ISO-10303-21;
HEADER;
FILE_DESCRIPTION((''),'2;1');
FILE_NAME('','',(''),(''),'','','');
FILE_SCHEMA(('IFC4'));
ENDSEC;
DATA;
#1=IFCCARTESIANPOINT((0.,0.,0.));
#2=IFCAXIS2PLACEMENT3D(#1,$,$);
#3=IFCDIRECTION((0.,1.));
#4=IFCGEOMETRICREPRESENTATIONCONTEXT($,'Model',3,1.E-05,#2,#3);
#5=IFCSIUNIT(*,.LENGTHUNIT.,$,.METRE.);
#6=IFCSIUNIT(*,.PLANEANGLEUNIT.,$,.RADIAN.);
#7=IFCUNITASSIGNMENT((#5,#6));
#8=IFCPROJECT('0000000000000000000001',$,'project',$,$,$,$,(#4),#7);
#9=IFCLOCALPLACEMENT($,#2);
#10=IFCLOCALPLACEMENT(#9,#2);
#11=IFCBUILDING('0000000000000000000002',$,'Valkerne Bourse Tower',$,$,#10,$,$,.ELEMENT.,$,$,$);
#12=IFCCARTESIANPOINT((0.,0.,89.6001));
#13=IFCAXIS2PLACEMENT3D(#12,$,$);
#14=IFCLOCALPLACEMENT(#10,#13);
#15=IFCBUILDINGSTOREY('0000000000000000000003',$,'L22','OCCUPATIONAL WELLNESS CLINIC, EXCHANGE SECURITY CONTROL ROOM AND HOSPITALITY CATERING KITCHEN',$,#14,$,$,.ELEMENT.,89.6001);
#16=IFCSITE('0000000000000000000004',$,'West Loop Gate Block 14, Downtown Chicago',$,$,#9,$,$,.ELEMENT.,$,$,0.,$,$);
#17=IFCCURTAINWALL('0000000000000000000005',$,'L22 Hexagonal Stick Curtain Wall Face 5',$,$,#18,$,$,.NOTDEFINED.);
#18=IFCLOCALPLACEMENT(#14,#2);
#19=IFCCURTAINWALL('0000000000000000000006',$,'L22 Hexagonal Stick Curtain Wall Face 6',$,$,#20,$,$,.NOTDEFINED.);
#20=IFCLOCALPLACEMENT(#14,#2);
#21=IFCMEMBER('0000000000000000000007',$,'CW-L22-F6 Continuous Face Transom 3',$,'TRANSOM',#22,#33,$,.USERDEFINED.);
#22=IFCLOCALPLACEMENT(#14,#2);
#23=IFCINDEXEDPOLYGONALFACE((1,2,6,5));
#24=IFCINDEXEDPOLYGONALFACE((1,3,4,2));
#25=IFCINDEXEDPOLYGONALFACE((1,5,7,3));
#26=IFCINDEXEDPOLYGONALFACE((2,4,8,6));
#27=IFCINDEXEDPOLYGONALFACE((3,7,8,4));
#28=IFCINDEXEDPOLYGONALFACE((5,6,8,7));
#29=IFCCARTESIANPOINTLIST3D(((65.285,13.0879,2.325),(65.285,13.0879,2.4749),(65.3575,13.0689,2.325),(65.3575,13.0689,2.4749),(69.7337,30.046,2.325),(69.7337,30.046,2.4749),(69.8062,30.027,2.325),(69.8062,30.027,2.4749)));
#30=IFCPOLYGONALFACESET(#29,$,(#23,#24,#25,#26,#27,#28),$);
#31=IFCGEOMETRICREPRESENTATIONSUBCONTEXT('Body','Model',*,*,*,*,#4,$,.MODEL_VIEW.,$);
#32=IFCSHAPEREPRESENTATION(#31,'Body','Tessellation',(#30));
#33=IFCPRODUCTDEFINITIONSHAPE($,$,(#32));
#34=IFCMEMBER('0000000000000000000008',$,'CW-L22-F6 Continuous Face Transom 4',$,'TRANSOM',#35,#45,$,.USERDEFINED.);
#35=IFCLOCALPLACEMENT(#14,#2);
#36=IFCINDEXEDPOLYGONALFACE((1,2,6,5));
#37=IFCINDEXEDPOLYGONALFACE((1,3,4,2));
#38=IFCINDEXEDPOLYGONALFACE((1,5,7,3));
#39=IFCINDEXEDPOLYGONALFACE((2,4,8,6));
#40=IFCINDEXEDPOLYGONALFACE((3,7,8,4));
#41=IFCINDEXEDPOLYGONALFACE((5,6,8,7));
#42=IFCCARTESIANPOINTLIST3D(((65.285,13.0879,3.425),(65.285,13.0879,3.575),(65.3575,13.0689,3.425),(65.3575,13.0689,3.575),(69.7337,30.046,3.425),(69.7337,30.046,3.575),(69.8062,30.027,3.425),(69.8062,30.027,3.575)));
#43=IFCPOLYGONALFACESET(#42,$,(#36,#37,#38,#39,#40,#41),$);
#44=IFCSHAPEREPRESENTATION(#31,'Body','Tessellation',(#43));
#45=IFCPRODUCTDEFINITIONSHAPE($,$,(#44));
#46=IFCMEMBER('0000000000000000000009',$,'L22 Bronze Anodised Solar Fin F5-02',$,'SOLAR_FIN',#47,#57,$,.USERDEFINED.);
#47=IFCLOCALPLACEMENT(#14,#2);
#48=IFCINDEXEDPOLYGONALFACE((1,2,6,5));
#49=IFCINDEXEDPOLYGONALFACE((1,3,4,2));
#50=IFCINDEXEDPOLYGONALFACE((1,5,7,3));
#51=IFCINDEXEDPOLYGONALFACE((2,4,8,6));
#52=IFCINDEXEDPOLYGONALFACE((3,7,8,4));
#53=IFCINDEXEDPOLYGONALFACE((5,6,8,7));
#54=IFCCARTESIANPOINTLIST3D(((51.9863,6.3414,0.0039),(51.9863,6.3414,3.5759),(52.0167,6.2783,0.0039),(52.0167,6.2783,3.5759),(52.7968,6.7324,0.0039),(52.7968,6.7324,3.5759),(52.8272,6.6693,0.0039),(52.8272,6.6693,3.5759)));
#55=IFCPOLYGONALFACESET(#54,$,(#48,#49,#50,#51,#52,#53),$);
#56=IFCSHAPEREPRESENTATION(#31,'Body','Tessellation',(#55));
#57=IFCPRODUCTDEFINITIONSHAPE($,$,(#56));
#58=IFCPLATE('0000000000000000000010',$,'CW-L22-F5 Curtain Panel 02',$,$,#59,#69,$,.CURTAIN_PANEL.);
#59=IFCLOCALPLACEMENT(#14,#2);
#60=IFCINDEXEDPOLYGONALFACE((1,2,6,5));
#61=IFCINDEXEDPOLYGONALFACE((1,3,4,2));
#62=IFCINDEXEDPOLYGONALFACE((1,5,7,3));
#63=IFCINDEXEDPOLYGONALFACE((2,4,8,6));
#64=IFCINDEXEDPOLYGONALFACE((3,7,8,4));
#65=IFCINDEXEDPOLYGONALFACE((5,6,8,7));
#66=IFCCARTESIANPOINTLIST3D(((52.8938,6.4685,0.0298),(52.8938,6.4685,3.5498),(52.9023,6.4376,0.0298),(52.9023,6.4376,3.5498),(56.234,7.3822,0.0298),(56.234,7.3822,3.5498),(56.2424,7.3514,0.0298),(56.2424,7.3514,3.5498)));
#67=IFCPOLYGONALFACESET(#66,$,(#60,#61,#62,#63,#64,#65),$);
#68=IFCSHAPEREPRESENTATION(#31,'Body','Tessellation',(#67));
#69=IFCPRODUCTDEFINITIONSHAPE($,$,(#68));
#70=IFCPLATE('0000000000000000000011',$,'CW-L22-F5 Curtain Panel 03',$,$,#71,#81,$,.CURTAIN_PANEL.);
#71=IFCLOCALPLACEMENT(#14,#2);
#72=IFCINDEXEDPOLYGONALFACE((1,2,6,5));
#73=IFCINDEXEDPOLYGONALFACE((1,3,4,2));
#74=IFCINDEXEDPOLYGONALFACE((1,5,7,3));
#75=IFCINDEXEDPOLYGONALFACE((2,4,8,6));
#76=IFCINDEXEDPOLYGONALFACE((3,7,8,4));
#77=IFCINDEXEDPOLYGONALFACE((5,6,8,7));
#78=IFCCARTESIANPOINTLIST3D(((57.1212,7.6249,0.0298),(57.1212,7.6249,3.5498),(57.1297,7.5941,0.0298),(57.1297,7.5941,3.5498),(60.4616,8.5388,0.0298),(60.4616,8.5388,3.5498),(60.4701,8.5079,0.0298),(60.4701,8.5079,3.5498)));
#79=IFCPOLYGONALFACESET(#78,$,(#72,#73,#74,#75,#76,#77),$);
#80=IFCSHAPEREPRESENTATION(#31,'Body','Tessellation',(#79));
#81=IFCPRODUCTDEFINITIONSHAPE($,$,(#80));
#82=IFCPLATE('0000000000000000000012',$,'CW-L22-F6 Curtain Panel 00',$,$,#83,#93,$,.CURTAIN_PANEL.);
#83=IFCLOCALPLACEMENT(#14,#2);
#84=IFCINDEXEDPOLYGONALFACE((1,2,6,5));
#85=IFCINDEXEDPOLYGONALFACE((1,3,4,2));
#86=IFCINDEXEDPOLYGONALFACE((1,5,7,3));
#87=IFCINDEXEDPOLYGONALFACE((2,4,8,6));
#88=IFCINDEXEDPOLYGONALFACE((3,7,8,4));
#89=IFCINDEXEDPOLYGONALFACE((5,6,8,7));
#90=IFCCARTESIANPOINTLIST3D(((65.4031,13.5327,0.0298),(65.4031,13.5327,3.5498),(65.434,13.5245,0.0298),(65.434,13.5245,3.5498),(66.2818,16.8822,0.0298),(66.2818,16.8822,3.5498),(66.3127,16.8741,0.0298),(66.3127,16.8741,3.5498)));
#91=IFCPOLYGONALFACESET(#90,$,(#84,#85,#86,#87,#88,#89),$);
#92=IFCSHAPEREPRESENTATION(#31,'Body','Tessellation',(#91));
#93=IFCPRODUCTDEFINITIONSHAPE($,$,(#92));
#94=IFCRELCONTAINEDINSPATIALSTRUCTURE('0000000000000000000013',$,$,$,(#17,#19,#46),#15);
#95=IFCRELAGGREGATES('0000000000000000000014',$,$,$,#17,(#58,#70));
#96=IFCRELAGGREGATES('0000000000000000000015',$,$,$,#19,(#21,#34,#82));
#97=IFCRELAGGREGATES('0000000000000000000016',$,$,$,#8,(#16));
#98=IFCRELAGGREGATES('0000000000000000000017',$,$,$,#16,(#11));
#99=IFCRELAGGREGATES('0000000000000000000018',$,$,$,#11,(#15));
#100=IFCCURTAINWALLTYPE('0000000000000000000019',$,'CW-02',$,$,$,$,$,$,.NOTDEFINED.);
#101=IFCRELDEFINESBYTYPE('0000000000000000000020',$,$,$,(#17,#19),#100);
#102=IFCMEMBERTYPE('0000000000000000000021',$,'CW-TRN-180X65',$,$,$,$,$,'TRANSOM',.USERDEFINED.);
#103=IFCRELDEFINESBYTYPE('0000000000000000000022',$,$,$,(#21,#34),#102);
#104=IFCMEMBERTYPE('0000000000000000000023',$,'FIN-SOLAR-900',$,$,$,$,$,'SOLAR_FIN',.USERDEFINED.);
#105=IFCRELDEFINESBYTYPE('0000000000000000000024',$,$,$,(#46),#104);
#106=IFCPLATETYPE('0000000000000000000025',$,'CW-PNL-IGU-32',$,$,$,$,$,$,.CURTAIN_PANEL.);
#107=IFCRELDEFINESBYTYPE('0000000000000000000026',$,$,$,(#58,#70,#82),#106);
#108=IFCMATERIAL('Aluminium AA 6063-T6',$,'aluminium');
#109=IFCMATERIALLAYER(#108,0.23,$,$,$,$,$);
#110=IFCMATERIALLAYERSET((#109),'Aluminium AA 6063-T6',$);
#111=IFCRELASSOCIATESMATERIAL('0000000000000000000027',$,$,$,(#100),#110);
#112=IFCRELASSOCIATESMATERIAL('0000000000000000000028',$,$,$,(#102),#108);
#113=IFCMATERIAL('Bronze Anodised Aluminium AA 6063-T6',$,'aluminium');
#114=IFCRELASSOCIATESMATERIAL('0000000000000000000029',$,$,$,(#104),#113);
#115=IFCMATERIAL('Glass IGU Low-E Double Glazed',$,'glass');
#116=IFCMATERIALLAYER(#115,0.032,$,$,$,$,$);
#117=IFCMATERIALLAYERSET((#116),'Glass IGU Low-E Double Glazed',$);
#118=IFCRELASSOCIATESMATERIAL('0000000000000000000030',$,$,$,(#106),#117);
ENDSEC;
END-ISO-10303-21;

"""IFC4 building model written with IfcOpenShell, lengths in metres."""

from ifc_helpers import new_model, si_unit, direction, frame, origin, origin_2d, place, context, subcontext, project, spatial, rectangle, extrude, material, layer, layer_set, material_profile, profile_set, type_object, element, aggregate, save


model = new_model("IFC4")

# Units and contexts
model_context = context("Model", 3, precision=1e-05, world=origin(), true_north=direction((0.0, 1.0)))
body_context = subcontext(model_context, "Body", "Model", "MODEL_VIEW")
ifc_project = project(units=[si_unit("LENGTHUNIT", "METRE"), si_unit("PLANEANGLEUNIT", "RADIAN")], contexts=[model_context])

# Site, building, storey
site_placement = place(None, origin())
site = spatial("IfcSite", under=ifc_project, at=site_placement, Name="West Loop Gate Block 14, Downtown Chicago", CompositionType="ELEMENT", RefElevation=0.0)
building_placement = place(site_placement, origin())
building = spatial("IfcBuilding", under=site, at=building_placement, Name="Valkerne Bourse Tower", CompositionType="ELEMENT")
storey_placement = place(building_placement, frame((0.0, 0.0, 89.6001)))
storey = spatial("IfcBuildingStorey", under=building, at=storey_placement, Name="L22", Description="OCCUPATIONAL WELLNESS CLINIC, EXCHANGE SECURITY CONTROL ROOM AND HOSPITALITY CATERING KITCHEN", CompositionType="ELEMENT", Elevation=89.6001)

# Curtain walls, members
ifc_material_1 = material(Name="Aluminium AA 6063-T6", Category="aluminium")
ifc_layer_1 = layer(ifc_material_1, 0.23)
ifc_layer_set_1 = layer_set([ifc_layer_1], Name="Aluminium AA 6063-T6")
curtain_wall_type = type_object("IfcCurtainWallType", Name="CW-02", PredefinedType="NOTDEFINED", material=ifc_layer_set_1)
curtain_wall_1_placement = place(storey_placement, origin())
curtain_wall_1 = element("IfcCurtainWall", 1, at=curtain_wall_1_placement, inside=storey, type_object=curtain_wall_type, Name="L22 Hexagonal Stick Curtain Wall Face 5", PredefinedType="NOTDEFINED")
curtain_wall_2_placement = place(storey_placement, origin())
curtain_wall_2 = element("IfcCurtainWall", 2, at=curtain_wall_2_placement, inside=storey, type_object=curtain_wall_type, Name="L22 Hexagonal Stick Curtain Wall Face 6", PredefinedType="NOTDEFINED")
ifc_material_profile_1 = material_profile(ifc_material_1, rectangle(XDim=0.075, YDim=0.1499, at=origin_2d()), Name="CWT-75X150")
ifc_profile_set_1 = profile_set([ifc_material_profile_1], Name="Aluminium AA 6063-T6")
member_type_1 = type_object("IfcMemberType", Name="CW-TRN-180X65", ElementType="TRANSOM", PredefinedType="USERDEFINED", material=ifc_profile_set_1)
member_1_placement = place(storey_placement, frame((65.3213, 13.0784, 2.3999), z_axis=(0.253748, 0.96727, 0.0), x_axis=(-0.96727, 0.253748, 0.0)))
member_1 = element("IfcMember", 3, at=member_1_placement, type_object=member_type_1, Name="CW-L22-F6 Continuous Face Transom 3", ObjectType="TRANSOM", PredefinedType="USERDEFINED", context=body_context, shape_type="SweptSolid", body=[
    extrude(rectangle(XDim=0.075, YDim=0.1499, at=origin_2d()), origin(), (0.0, 0.0, 1.0), 17.532),
])
member_2_placement = place(storey_placement, frame((65.3213, 13.0784, 3.5), z_axis=(0.253748, 0.96727, 0.0), x_axis=(-0.96727, 0.253748, 0.0)))
member_2 = element("IfcMember", 4, at=member_2_placement, type_object=member_type_1, Name="CW-L22-F6 Continuous Face Transom 4", ObjectType="TRANSOM", PredefinedType="USERDEFINED", context=body_context, shape_type="SweptSolid", body=[
    extrude(rectangle(XDim=0.075, YDim=0.1499, at=origin_2d()), origin(), (0.0, 0.0, 1.0), 17.532),
])

# Member
ifc_material_2 = material(Name="Bronze Anodised Aluminium AA 6063-T6", Category="aluminium")
ifc_material_profile_2 = material_profile(ifc_material_2, rectangle(XDim=0.0701, YDim=0.8999, at=origin_2d()), Name="FIN-70X900")
ifc_profile_set_2 = profile_set([ifc_material_profile_2], Name="Bronze Anodised Aluminium AA 6063-T6")
member_type_2 = type_object("IfcMemberType", Name="FIN-SOLAR-900", ElementType="SOLAR_FIN", PredefinedType="USERDEFINED", material=ifc_profile_set_2)
member_3_placement = place(storey_placement, frame((52.4067, 6.5054, 0.0039), z_axis=(0.0, 0.0, 1.0), x_axis=(0.434482, -0.90068, 0.0)))
element("IfcMember", 5, at=member_3_placement, inside=storey, type_object=member_type_2, Name="L22 Bronze Anodised Solar Fin F5-02", ObjectType="SOLAR_FIN", PredefinedType="USERDEFINED", context=body_context, shape_type="SweptSolid", body=[
    extrude(rectangle(XDim=0.0701, YDim=0.8999, at=origin_2d()), origin(), (0.0, 0.0, 1.0), 3.572),
])

# Plates
ifc_material_3 = material(Name="Glass IGU Low-E Double Glazed", Category="glass")
ifc_layer_2 = layer(ifc_material_3, 0.032)
ifc_layer_set_2 = layer_set([ifc_layer_2], Name="Glass IGU Low-E Double Glazed")
plate_type = type_object("IfcPlateType", Name="CW-PNL-IGU-32", PredefinedType="CURTAIN_PANEL", material=ifc_layer_set_2)
plate_1_placement = place(storey_placement, frame((54.5681, 6.9099, 0.0298), z_axis=(0.0, 0.0, 1.0), x_axis=(0.96456, 0.263864, 0.0)))
plate_1 = element("IfcPlate", 6, at=plate_1_placement, type_object=plate_type, Name="CW-L22-F5 Curtain Panel 02", PredefinedType="CURTAIN_PANEL", context=body_context, shape_type="SweptSolid", body=[
    extrude(rectangle(XDim=3.4629, YDim=0.032, at=origin_2d()), origin(), (0.0, 0.0, 1.0), 3.52),
])
plate_2_placement = place(storey_placement, frame((58.7957, 8.0664, 0.0298), z_axis=(0.0, 0.0, 1.0), x_axis=(0.964556, 0.26388, 0.0)))
plate_2 = element("IfcPlate", 7, at=plate_2_placement, type_object=plate_type, Name="CW-L22-F5 Curtain Panel 03", PredefinedType="CURTAIN_PANEL", context=body_context, shape_type="SweptSolid", body=[
    extrude(rectangle(XDim=3.4631, YDim=0.032, at=origin_2d()), origin(), (0.0, 0.0, 1.0), 3.52),
])
aggregate(curtain_wall_1, [plate_1, plate_2])
plate_3_placement = place(storey_placement, frame((65.8579, 15.2034, 0.0298), z_axis=(0.0, 0.0, 1.0), x_axis=(0.253755, 0.967268, 0.0)))
plate_3 = element("IfcPlate", 8, at=plate_3_placement, type_object=plate_type, Name="CW-L22-F6 Curtain Panel 00", PredefinedType="CURTAIN_PANEL", context=body_context, shape_type="SweptSolid", body=[
    extrude(rectangle(XDim=3.4629, YDim=0.032, at=origin_2d()), origin(), (0.0, 0.0, 1.0), 3.52),
])
aggregate(curtain_wall_2, [member_1, member_2, plate_3])

save(model, "model.ifc")
